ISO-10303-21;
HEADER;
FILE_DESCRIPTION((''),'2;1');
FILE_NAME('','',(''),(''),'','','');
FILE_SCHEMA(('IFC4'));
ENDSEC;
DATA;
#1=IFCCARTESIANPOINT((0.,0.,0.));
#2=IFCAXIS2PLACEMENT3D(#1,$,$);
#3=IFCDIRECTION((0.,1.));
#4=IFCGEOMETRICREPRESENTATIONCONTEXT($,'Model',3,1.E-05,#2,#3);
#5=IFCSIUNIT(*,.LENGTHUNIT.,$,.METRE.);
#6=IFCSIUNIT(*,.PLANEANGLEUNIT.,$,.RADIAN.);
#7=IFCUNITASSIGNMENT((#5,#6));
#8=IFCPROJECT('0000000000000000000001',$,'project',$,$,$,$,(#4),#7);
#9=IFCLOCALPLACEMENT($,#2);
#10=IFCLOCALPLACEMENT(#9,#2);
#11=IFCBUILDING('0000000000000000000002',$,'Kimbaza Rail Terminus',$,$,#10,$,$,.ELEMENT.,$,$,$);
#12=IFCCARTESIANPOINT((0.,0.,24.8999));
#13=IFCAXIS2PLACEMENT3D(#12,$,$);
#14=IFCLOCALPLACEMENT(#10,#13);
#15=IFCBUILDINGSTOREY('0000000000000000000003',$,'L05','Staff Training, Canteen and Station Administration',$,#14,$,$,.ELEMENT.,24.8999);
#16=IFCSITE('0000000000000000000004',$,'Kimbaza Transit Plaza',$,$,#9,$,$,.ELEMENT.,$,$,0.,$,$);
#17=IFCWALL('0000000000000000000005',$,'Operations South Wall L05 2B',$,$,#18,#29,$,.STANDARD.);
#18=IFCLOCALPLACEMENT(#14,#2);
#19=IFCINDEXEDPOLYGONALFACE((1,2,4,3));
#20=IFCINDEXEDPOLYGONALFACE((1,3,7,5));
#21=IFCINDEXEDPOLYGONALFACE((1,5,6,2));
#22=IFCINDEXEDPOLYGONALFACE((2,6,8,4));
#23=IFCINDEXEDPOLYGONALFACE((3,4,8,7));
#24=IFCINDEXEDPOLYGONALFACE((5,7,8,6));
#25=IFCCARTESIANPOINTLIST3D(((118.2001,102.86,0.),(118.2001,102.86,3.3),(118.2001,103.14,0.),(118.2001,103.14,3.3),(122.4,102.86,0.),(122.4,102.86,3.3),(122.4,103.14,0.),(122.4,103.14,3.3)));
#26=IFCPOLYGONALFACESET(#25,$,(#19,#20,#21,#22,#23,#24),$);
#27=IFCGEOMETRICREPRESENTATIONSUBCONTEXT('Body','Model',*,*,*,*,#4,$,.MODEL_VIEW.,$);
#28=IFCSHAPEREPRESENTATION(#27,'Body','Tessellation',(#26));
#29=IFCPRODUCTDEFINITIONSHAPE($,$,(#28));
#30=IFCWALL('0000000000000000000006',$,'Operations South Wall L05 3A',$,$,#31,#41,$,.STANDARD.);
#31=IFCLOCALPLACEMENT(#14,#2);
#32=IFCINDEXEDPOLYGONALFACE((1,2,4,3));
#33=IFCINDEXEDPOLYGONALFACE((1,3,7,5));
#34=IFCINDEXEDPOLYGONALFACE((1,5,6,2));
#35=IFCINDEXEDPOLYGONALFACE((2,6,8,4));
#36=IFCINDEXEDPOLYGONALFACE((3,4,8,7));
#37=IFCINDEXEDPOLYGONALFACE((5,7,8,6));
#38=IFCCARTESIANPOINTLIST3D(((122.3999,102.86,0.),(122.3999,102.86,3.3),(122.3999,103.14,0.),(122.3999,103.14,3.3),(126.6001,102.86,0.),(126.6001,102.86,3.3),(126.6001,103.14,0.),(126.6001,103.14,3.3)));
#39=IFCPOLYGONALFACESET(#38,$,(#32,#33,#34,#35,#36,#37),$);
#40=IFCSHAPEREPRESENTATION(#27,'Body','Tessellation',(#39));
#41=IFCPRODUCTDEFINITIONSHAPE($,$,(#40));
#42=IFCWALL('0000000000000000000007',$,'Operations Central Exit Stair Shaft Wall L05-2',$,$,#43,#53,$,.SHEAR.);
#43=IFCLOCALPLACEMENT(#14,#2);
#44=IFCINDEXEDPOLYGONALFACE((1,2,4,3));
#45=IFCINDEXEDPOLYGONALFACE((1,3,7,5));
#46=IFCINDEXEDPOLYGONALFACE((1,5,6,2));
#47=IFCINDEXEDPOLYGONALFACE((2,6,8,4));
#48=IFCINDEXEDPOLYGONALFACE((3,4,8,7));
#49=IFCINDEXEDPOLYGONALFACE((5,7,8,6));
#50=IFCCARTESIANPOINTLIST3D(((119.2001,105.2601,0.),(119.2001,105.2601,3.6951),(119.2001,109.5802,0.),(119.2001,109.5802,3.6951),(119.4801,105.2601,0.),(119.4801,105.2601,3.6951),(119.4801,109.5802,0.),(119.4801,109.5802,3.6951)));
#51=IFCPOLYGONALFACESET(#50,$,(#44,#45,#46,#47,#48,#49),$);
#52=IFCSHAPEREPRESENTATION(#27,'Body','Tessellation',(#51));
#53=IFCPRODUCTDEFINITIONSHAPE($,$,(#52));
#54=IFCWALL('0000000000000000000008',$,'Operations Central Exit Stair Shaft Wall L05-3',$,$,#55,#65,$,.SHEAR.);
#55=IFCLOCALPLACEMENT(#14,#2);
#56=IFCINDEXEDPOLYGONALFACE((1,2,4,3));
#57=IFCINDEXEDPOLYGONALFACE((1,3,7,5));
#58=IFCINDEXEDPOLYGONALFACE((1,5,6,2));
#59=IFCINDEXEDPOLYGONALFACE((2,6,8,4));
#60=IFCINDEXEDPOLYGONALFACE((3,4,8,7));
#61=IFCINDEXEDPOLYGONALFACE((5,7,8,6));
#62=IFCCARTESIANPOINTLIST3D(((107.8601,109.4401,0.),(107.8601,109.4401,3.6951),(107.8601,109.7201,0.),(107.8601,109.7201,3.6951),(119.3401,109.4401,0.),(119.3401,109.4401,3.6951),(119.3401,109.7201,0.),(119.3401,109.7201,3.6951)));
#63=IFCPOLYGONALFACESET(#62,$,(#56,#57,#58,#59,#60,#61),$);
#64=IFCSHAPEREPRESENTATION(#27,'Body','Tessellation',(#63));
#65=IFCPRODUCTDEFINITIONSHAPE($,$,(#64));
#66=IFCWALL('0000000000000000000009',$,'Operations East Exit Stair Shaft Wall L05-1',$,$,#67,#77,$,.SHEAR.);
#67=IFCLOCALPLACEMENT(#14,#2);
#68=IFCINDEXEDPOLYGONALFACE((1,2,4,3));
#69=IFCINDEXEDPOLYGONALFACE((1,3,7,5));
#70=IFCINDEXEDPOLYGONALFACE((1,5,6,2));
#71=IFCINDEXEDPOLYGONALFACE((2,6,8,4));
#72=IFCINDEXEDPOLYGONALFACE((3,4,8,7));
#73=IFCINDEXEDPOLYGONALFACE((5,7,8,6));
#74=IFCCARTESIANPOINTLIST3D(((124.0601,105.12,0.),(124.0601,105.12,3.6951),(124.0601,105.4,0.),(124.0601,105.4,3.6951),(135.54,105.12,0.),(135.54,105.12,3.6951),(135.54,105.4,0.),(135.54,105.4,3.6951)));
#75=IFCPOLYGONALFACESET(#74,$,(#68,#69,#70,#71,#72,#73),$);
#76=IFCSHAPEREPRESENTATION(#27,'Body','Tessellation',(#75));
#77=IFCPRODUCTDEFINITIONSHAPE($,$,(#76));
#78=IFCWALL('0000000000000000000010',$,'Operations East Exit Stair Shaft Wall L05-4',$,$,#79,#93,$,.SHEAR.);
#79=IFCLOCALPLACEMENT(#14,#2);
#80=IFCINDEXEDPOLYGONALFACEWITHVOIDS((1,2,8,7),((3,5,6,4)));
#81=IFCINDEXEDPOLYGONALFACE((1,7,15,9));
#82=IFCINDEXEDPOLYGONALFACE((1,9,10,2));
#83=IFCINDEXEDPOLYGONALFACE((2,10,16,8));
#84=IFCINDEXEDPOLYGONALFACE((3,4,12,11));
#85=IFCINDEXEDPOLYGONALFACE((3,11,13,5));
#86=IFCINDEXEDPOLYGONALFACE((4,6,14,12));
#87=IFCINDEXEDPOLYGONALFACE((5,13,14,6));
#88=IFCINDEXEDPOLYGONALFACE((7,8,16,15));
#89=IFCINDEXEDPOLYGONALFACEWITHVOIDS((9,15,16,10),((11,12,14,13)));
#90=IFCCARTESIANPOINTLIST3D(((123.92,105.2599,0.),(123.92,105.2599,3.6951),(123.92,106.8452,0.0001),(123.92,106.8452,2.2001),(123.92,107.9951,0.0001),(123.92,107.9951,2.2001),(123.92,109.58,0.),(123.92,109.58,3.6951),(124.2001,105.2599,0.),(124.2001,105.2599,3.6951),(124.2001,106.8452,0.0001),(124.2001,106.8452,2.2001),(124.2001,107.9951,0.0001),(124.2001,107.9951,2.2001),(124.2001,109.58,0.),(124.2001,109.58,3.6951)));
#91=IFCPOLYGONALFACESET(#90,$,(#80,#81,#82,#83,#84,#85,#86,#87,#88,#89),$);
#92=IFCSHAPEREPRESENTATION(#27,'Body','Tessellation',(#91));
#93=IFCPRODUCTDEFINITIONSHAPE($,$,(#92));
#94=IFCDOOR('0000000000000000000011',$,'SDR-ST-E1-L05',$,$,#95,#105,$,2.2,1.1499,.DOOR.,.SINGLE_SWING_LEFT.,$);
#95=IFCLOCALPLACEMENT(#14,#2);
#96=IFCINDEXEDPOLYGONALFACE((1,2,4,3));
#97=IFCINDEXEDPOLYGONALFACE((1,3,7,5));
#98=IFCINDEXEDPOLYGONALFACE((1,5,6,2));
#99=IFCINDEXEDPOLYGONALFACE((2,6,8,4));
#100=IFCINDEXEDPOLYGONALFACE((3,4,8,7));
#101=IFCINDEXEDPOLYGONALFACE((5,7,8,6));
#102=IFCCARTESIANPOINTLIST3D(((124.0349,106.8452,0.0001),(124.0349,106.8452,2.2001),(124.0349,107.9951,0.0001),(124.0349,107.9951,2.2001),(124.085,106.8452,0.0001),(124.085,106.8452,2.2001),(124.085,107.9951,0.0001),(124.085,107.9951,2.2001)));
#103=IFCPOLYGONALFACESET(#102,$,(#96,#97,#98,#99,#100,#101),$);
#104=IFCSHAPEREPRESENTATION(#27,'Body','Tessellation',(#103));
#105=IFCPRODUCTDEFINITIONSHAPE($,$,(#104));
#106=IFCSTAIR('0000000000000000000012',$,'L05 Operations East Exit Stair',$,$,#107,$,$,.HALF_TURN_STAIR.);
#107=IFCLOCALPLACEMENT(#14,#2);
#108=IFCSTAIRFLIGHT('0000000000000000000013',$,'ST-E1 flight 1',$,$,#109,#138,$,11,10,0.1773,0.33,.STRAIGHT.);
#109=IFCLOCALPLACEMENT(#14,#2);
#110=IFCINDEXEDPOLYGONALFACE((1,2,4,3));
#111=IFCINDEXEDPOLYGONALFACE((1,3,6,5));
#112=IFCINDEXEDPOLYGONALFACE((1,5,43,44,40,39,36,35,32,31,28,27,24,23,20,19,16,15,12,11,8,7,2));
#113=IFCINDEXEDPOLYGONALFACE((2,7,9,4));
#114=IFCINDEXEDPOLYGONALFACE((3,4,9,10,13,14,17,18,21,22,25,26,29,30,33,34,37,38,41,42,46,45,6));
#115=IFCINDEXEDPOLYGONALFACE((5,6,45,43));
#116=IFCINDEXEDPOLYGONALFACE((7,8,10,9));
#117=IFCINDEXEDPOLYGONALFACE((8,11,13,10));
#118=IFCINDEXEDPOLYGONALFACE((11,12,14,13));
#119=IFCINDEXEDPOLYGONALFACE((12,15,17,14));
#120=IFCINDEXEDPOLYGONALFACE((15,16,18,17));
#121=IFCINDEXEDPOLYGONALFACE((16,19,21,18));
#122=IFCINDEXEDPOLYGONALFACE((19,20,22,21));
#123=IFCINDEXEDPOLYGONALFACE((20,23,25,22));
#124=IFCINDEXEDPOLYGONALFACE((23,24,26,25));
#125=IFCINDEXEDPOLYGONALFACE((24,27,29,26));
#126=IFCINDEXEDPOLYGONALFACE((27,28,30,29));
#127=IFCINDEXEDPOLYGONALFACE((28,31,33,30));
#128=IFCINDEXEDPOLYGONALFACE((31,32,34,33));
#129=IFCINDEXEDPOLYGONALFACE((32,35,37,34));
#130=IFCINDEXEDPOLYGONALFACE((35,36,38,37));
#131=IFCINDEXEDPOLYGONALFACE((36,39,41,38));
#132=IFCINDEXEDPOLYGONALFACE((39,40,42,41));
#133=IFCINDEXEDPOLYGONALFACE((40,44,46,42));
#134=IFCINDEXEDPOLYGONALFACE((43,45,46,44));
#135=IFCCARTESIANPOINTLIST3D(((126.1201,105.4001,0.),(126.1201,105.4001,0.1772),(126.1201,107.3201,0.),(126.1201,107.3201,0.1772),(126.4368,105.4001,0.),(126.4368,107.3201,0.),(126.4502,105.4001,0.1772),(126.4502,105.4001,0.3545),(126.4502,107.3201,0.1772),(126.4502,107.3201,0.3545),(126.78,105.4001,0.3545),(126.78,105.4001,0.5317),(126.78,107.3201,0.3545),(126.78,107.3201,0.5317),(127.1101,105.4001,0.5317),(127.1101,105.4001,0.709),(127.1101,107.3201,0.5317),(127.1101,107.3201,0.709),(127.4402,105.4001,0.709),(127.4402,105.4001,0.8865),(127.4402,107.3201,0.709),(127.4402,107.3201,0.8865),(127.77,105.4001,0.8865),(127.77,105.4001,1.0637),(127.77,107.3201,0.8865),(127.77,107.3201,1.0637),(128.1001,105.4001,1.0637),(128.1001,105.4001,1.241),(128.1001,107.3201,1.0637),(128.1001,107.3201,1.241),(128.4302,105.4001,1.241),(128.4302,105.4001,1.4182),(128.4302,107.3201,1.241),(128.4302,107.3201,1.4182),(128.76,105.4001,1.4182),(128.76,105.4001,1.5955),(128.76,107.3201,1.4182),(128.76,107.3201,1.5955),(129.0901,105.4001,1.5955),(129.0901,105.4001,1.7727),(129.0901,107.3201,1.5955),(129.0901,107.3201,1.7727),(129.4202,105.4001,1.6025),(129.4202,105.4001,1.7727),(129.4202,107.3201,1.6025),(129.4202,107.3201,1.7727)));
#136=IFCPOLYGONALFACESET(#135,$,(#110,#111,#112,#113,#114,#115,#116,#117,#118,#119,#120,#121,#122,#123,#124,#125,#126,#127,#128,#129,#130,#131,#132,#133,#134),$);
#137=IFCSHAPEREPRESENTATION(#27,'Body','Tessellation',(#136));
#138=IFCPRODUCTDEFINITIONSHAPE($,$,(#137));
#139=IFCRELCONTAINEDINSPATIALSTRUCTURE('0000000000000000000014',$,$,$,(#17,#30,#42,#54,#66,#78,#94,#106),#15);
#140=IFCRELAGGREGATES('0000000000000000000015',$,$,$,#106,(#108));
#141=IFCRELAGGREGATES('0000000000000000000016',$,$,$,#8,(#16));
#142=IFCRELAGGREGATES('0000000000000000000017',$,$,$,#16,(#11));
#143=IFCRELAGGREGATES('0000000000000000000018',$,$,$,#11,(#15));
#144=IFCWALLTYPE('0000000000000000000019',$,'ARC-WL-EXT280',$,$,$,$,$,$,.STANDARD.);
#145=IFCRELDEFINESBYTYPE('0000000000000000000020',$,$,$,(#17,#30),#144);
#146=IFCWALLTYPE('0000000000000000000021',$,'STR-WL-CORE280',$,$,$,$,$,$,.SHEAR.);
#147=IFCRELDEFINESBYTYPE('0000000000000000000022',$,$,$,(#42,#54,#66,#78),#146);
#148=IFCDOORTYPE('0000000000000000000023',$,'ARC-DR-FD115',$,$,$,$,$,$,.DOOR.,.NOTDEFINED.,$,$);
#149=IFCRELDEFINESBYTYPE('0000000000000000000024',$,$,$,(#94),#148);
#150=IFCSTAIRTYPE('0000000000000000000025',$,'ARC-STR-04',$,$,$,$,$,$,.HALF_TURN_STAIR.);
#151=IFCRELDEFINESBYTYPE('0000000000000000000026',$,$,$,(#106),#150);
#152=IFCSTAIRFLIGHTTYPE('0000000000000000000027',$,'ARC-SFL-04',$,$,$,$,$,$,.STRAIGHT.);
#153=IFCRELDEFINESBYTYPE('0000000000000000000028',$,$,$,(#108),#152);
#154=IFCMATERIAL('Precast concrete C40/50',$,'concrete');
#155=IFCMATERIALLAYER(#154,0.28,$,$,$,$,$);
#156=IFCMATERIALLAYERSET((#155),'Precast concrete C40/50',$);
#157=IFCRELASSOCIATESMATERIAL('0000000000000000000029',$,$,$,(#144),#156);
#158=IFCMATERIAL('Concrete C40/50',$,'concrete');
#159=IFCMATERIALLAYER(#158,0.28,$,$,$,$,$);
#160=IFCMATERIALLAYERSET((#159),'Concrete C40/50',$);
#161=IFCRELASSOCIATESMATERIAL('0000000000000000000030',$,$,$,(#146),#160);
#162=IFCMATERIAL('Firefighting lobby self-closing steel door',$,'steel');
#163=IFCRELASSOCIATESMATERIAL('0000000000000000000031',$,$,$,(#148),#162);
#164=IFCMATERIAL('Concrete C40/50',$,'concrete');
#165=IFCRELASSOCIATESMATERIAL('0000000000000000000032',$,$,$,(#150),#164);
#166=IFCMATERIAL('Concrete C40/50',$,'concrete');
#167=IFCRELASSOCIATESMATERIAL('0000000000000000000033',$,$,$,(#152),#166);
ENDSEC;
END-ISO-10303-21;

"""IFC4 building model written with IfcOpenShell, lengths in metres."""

from ifc_helpers import new_model, si_unit, direction, frame, frame_2d, origin, place, context, subcontext, project, spatial, polyline, rectangle, outline, extrude, material, layer, layer_set, type_object, element, fill, aggregate, save


model = new_model("IFC4")

# Units and contexts
model_context = context("Model", 3, precision=1e-05, world=origin(), true_north=direction((0.0, 1.0)))
body_context = subcontext(model_context, "Body", "Model", "MODEL_VIEW")
ifc_project = project(units=[si_unit("LENGTHUNIT", "METRE"), si_unit("PLANEANGLEUNIT", "RADIAN")], contexts=[model_context])

# Site, building, storey
site_placement = place(None, origin())
site = spatial("IfcSite", under=ifc_project, at=site_placement, Name="Kimbaza Transit Plaza", CompositionType="ELEMENT", RefElevation=0.0)
building_placement = place(site_placement, origin())
building = spatial("IfcBuilding", under=site, at=building_placement, Name="Kimbaza Rail Terminus", CompositionType="ELEMENT")
storey_placement = place(building_placement, frame((0.0, 0.0, 24.8999)))
storey = spatial("IfcBuildingStorey", under=building, at=storey_placement, Name="L05", Description="Staff Training, Canteen and Station Administration", CompositionType="ELEMENT", Elevation=24.8999)

# Walls
ifc_material_1 = material(Name="Precast concrete C40/50", Category="concrete")
ifc_layer_1 = layer(ifc_material_1, 0.28)
ifc_layer_set_1 = layer_set([ifc_layer_1], Name="Precast concrete C40/50")
wall_type_1 = type_object("IfcWallType", Name="ARC-WL-EXT280", PredefinedType="STANDARD", material=ifc_layer_set_1)
wall_1_placement = place(storey_placement, frame((118.2, 103.0, 0.0), z_axis=(0.0, 0.0, 1.0), x_axis=(1.0, 0.0, 0.0)))
element("IfcWall", 1, at=wall_1_placement, inside=storey, type_object=wall_type_1, Name="Operations South Wall L05 2B", PredefinedType="STANDARD", context=body_context, shape_type="SweptSolid", body=[
    extrude(rectangle(XDim=4.2, YDim=0.28, at=frame_2d((2.1001, 0.0))), origin(), (0.0, 0.0, 1.0), 3.3),
])
wall_2_placement = place(storey_placement, frame((122.3999, 103.0, 0.0), z_axis=(0.0, 0.0, 1.0), x_axis=(1.0, 0.0, 0.0)))
element("IfcWall", 2, at=wall_2_placement, inside=storey, type_object=wall_type_1, Name="Operations South Wall L05 3A", PredefinedType="STANDARD", context=body_context, shape_type="SweptSolid", body=[
    extrude(rectangle(XDim=4.2002, YDim=0.28, at=frame_2d((2.1001, 0.0))), origin(), (0.0, 0.0, 1.0), 3.3),
])
ifc_material_2 = material(Name="Concrete C40/50", Category="concrete")
ifc_layer_2 = layer(ifc_material_2, 0.28)
ifc_layer_set_2 = layer_set([ifc_layer_2], Name="Concrete C40/50")
wall_type_2 = type_object("IfcWallType", Name="STR-WL-CORE280", PredefinedType="SHEAR", material=ifc_layer_set_2)
wall_3_placement = place(storey_placement, frame((119.3401, 105.26, 0.0), z_axis=(0.0, 0.0, 1.0), x_axis=(0.0, 1.0, 0.0)))
element("IfcWall", 3, at=wall_3_placement, inside=storey, type_object=wall_type_2, Name="Operations Central Exit Stair Shaft Wall L05-2", PredefinedType="SHEAR", context=body_context, shape_type="SweptSolid", body=[
    extrude(rectangle(XDim=4.3201, YDim=0.28, at=frame_2d((2.1602, 0.0))), origin(), (0.0, 0.0, 1.0), 3.6951),
])
for number, where, z_axis, x_axis, name in (
    (4, (119.3401, 109.5801, 0.0), (0.0, 0.0, 1.0), (-1.0, 0.0, 0.0), "Operations Central Exit Stair Shaft Wall L05-3"),
    (5, (124.0601, 105.26, 0.0), (0.0, 0.0, 1.0), (1.0, 0.0, 0.0), "Operations East Exit Stair Shaft Wall L05-1"),
):
    element("IfcWall", number, at=place(storey_placement, frame(where, z_axis=z_axis, x_axis=x_axis)), inside=storey, type_object=wall_type_2, Name=name, PredefinedType="SHEAR", context=body_context, shape_type="SweptSolid", body=[
        extrude(rectangle(XDim=11.48, YDim=0.28, at=frame_2d((5.74, 0.0))), origin(), (0.0, 0.0, 1.0), 3.6951),
    ])

# Wall, opening, door
wall_4_placement = place(storey_placement, frame((124.0601, 109.5801, 0.0), z_axis=(0.0, 0.0, 1.0), x_axis=(0.0, -1.0, 0.0)))
wall_4 = element("IfcWall", 6, at=wall_4_placement, inside=storey, type_object=wall_type_2, Name="Operations East Exit Stair Shaft Wall L05-4", PredefinedType="SHEAR", context=body_context, shape_type="SweptSolid", body=[
    extrude(rectangle(XDim=4.3201, YDim=0.28, at=frame_2d((2.1602, 0.0))), origin(), (0.0, 0.0, 1.0), 3.6951),
])
opening_placement = place(wall_4_placement, frame((1.585, 0.0, 0.0)))
opening = element("IfcOpeningElement", 7, at=opening_placement, cuts=wall_4, PredefinedType="OPENING", context=body_context, shape_type="SweptSolid", body=[
    extrude(rectangle(XDim=1.1499, YDim=2.2, at=frame_2d((0.575, 1.1001))), frame((0.0, 0.1499, 0.0), z_axis=(0.0, -1.0, 0.0), x_axis=(1.0, 0.0, 0.0)), (0.0, 0.0, 1.0), 0.3),
])
ifc_material_3 = material(Name="Firefighting lobby self-closing steel door", Category="steel")
door_type = type_object("IfcDoorType", Name="ARC-DR-FD115", OperationType="NOTDEFINED", PredefinedType="DOOR", material=ifc_material_3)
door_placement = place(opening_placement, origin())
door = element("IfcDoor", 8, at=door_placement, inside=storey, type_object=door_type, Name="SDR-ST-E1-L05", OperationType="SINGLE_SWING_LEFT", OverallHeight=2.2, OverallWidth=1.1499, PredefinedType="DOOR", context=body_context, shape_type="SweptSolid", body=[
    extrude(rectangle(XDim=1.1499, YDim=2.2, at=frame_2d((0.575, 1.1001))), frame((0.0, 0.0249, 0.0), z_axis=(0.0, -1.0, 0.0), x_axis=(1.0, 0.0, 0.0)), (0.0, 0.0, 1.0), 0.05),
])
fill(opening, door)

# Stair, stair flight
ifc_material_4 = material(Name="Concrete C40/50", Category="concrete")
stair_type = type_object("IfcStairType", Name="ARC-STR-04", PredefinedType="HALF_TURN_STAIR", material=ifc_material_4)
stair_placement = place(storey_placement, origin())
stair = element("IfcStair", 9, at=stair_placement, inside=storey, type_object=stair_type, Name="L05 Operations East Exit Stair", PredefinedType="HALF_TURN_STAIR")
ifc_material_5 = material(Name="Concrete C40/50", Category="concrete")
stair_flight_type = type_object("IfcStairFlightType", Name="ARC-SFL-04", PredefinedType="STRAIGHT", material=ifc_material_5)
stair_flight_placement = place(storey_placement, frame((126.1201, 106.3601, 0.0), z_axis=(0.0, 0.0, 1.0), x_axis=(1.0, 0.0, 0.0)))
stair_flight = element("IfcStairFlight", 10, at=stair_flight_placement, type_object=stair_flight_type, Name="ST-E1 flight 1", NumberOfRisers=11, NumberOfTreads=10, PredefinedType="STRAIGHT", RiserHeight=0.1773, TreadLength=0.33, context=body_context, shape_type="SweptSolid", body=[
    extrude(outline(polyline([(0.0, 0.0), (0.0, 0.1772), (0.3301, 0.1772), (0.3301, 0.3545), (0.6599, 0.3545), (0.6599, 0.5317), (0.99, 0.5317), (0.99, 0.709), (1.3201, 0.709), (1.3201, 0.8865), (1.6499, 0.8865), (1.6499, 1.0637), (1.98, 1.0637), (1.98, 1.241), (2.3101, 1.241), (2.3101, 1.4182), (2.6399, 1.4182), (2.6399, 1.5955), (2.97, 1.5955), (2.97, 1.7727), (3.3, 1.7727), (3.3, 1.95), (3.3, 1.6025), (0.3167, 0.0), (0.0, 0.0)])), frame((0.0, 0.96, 0.0), z_axis=(0.0, -1.0, 0.0), x_axis=(1.0, 0.0, 0.0)), (0.0, 0.0, 1.0), 1.9199),
])
aggregate(stair, [stair_flight])

save(model, "model.ifc")
